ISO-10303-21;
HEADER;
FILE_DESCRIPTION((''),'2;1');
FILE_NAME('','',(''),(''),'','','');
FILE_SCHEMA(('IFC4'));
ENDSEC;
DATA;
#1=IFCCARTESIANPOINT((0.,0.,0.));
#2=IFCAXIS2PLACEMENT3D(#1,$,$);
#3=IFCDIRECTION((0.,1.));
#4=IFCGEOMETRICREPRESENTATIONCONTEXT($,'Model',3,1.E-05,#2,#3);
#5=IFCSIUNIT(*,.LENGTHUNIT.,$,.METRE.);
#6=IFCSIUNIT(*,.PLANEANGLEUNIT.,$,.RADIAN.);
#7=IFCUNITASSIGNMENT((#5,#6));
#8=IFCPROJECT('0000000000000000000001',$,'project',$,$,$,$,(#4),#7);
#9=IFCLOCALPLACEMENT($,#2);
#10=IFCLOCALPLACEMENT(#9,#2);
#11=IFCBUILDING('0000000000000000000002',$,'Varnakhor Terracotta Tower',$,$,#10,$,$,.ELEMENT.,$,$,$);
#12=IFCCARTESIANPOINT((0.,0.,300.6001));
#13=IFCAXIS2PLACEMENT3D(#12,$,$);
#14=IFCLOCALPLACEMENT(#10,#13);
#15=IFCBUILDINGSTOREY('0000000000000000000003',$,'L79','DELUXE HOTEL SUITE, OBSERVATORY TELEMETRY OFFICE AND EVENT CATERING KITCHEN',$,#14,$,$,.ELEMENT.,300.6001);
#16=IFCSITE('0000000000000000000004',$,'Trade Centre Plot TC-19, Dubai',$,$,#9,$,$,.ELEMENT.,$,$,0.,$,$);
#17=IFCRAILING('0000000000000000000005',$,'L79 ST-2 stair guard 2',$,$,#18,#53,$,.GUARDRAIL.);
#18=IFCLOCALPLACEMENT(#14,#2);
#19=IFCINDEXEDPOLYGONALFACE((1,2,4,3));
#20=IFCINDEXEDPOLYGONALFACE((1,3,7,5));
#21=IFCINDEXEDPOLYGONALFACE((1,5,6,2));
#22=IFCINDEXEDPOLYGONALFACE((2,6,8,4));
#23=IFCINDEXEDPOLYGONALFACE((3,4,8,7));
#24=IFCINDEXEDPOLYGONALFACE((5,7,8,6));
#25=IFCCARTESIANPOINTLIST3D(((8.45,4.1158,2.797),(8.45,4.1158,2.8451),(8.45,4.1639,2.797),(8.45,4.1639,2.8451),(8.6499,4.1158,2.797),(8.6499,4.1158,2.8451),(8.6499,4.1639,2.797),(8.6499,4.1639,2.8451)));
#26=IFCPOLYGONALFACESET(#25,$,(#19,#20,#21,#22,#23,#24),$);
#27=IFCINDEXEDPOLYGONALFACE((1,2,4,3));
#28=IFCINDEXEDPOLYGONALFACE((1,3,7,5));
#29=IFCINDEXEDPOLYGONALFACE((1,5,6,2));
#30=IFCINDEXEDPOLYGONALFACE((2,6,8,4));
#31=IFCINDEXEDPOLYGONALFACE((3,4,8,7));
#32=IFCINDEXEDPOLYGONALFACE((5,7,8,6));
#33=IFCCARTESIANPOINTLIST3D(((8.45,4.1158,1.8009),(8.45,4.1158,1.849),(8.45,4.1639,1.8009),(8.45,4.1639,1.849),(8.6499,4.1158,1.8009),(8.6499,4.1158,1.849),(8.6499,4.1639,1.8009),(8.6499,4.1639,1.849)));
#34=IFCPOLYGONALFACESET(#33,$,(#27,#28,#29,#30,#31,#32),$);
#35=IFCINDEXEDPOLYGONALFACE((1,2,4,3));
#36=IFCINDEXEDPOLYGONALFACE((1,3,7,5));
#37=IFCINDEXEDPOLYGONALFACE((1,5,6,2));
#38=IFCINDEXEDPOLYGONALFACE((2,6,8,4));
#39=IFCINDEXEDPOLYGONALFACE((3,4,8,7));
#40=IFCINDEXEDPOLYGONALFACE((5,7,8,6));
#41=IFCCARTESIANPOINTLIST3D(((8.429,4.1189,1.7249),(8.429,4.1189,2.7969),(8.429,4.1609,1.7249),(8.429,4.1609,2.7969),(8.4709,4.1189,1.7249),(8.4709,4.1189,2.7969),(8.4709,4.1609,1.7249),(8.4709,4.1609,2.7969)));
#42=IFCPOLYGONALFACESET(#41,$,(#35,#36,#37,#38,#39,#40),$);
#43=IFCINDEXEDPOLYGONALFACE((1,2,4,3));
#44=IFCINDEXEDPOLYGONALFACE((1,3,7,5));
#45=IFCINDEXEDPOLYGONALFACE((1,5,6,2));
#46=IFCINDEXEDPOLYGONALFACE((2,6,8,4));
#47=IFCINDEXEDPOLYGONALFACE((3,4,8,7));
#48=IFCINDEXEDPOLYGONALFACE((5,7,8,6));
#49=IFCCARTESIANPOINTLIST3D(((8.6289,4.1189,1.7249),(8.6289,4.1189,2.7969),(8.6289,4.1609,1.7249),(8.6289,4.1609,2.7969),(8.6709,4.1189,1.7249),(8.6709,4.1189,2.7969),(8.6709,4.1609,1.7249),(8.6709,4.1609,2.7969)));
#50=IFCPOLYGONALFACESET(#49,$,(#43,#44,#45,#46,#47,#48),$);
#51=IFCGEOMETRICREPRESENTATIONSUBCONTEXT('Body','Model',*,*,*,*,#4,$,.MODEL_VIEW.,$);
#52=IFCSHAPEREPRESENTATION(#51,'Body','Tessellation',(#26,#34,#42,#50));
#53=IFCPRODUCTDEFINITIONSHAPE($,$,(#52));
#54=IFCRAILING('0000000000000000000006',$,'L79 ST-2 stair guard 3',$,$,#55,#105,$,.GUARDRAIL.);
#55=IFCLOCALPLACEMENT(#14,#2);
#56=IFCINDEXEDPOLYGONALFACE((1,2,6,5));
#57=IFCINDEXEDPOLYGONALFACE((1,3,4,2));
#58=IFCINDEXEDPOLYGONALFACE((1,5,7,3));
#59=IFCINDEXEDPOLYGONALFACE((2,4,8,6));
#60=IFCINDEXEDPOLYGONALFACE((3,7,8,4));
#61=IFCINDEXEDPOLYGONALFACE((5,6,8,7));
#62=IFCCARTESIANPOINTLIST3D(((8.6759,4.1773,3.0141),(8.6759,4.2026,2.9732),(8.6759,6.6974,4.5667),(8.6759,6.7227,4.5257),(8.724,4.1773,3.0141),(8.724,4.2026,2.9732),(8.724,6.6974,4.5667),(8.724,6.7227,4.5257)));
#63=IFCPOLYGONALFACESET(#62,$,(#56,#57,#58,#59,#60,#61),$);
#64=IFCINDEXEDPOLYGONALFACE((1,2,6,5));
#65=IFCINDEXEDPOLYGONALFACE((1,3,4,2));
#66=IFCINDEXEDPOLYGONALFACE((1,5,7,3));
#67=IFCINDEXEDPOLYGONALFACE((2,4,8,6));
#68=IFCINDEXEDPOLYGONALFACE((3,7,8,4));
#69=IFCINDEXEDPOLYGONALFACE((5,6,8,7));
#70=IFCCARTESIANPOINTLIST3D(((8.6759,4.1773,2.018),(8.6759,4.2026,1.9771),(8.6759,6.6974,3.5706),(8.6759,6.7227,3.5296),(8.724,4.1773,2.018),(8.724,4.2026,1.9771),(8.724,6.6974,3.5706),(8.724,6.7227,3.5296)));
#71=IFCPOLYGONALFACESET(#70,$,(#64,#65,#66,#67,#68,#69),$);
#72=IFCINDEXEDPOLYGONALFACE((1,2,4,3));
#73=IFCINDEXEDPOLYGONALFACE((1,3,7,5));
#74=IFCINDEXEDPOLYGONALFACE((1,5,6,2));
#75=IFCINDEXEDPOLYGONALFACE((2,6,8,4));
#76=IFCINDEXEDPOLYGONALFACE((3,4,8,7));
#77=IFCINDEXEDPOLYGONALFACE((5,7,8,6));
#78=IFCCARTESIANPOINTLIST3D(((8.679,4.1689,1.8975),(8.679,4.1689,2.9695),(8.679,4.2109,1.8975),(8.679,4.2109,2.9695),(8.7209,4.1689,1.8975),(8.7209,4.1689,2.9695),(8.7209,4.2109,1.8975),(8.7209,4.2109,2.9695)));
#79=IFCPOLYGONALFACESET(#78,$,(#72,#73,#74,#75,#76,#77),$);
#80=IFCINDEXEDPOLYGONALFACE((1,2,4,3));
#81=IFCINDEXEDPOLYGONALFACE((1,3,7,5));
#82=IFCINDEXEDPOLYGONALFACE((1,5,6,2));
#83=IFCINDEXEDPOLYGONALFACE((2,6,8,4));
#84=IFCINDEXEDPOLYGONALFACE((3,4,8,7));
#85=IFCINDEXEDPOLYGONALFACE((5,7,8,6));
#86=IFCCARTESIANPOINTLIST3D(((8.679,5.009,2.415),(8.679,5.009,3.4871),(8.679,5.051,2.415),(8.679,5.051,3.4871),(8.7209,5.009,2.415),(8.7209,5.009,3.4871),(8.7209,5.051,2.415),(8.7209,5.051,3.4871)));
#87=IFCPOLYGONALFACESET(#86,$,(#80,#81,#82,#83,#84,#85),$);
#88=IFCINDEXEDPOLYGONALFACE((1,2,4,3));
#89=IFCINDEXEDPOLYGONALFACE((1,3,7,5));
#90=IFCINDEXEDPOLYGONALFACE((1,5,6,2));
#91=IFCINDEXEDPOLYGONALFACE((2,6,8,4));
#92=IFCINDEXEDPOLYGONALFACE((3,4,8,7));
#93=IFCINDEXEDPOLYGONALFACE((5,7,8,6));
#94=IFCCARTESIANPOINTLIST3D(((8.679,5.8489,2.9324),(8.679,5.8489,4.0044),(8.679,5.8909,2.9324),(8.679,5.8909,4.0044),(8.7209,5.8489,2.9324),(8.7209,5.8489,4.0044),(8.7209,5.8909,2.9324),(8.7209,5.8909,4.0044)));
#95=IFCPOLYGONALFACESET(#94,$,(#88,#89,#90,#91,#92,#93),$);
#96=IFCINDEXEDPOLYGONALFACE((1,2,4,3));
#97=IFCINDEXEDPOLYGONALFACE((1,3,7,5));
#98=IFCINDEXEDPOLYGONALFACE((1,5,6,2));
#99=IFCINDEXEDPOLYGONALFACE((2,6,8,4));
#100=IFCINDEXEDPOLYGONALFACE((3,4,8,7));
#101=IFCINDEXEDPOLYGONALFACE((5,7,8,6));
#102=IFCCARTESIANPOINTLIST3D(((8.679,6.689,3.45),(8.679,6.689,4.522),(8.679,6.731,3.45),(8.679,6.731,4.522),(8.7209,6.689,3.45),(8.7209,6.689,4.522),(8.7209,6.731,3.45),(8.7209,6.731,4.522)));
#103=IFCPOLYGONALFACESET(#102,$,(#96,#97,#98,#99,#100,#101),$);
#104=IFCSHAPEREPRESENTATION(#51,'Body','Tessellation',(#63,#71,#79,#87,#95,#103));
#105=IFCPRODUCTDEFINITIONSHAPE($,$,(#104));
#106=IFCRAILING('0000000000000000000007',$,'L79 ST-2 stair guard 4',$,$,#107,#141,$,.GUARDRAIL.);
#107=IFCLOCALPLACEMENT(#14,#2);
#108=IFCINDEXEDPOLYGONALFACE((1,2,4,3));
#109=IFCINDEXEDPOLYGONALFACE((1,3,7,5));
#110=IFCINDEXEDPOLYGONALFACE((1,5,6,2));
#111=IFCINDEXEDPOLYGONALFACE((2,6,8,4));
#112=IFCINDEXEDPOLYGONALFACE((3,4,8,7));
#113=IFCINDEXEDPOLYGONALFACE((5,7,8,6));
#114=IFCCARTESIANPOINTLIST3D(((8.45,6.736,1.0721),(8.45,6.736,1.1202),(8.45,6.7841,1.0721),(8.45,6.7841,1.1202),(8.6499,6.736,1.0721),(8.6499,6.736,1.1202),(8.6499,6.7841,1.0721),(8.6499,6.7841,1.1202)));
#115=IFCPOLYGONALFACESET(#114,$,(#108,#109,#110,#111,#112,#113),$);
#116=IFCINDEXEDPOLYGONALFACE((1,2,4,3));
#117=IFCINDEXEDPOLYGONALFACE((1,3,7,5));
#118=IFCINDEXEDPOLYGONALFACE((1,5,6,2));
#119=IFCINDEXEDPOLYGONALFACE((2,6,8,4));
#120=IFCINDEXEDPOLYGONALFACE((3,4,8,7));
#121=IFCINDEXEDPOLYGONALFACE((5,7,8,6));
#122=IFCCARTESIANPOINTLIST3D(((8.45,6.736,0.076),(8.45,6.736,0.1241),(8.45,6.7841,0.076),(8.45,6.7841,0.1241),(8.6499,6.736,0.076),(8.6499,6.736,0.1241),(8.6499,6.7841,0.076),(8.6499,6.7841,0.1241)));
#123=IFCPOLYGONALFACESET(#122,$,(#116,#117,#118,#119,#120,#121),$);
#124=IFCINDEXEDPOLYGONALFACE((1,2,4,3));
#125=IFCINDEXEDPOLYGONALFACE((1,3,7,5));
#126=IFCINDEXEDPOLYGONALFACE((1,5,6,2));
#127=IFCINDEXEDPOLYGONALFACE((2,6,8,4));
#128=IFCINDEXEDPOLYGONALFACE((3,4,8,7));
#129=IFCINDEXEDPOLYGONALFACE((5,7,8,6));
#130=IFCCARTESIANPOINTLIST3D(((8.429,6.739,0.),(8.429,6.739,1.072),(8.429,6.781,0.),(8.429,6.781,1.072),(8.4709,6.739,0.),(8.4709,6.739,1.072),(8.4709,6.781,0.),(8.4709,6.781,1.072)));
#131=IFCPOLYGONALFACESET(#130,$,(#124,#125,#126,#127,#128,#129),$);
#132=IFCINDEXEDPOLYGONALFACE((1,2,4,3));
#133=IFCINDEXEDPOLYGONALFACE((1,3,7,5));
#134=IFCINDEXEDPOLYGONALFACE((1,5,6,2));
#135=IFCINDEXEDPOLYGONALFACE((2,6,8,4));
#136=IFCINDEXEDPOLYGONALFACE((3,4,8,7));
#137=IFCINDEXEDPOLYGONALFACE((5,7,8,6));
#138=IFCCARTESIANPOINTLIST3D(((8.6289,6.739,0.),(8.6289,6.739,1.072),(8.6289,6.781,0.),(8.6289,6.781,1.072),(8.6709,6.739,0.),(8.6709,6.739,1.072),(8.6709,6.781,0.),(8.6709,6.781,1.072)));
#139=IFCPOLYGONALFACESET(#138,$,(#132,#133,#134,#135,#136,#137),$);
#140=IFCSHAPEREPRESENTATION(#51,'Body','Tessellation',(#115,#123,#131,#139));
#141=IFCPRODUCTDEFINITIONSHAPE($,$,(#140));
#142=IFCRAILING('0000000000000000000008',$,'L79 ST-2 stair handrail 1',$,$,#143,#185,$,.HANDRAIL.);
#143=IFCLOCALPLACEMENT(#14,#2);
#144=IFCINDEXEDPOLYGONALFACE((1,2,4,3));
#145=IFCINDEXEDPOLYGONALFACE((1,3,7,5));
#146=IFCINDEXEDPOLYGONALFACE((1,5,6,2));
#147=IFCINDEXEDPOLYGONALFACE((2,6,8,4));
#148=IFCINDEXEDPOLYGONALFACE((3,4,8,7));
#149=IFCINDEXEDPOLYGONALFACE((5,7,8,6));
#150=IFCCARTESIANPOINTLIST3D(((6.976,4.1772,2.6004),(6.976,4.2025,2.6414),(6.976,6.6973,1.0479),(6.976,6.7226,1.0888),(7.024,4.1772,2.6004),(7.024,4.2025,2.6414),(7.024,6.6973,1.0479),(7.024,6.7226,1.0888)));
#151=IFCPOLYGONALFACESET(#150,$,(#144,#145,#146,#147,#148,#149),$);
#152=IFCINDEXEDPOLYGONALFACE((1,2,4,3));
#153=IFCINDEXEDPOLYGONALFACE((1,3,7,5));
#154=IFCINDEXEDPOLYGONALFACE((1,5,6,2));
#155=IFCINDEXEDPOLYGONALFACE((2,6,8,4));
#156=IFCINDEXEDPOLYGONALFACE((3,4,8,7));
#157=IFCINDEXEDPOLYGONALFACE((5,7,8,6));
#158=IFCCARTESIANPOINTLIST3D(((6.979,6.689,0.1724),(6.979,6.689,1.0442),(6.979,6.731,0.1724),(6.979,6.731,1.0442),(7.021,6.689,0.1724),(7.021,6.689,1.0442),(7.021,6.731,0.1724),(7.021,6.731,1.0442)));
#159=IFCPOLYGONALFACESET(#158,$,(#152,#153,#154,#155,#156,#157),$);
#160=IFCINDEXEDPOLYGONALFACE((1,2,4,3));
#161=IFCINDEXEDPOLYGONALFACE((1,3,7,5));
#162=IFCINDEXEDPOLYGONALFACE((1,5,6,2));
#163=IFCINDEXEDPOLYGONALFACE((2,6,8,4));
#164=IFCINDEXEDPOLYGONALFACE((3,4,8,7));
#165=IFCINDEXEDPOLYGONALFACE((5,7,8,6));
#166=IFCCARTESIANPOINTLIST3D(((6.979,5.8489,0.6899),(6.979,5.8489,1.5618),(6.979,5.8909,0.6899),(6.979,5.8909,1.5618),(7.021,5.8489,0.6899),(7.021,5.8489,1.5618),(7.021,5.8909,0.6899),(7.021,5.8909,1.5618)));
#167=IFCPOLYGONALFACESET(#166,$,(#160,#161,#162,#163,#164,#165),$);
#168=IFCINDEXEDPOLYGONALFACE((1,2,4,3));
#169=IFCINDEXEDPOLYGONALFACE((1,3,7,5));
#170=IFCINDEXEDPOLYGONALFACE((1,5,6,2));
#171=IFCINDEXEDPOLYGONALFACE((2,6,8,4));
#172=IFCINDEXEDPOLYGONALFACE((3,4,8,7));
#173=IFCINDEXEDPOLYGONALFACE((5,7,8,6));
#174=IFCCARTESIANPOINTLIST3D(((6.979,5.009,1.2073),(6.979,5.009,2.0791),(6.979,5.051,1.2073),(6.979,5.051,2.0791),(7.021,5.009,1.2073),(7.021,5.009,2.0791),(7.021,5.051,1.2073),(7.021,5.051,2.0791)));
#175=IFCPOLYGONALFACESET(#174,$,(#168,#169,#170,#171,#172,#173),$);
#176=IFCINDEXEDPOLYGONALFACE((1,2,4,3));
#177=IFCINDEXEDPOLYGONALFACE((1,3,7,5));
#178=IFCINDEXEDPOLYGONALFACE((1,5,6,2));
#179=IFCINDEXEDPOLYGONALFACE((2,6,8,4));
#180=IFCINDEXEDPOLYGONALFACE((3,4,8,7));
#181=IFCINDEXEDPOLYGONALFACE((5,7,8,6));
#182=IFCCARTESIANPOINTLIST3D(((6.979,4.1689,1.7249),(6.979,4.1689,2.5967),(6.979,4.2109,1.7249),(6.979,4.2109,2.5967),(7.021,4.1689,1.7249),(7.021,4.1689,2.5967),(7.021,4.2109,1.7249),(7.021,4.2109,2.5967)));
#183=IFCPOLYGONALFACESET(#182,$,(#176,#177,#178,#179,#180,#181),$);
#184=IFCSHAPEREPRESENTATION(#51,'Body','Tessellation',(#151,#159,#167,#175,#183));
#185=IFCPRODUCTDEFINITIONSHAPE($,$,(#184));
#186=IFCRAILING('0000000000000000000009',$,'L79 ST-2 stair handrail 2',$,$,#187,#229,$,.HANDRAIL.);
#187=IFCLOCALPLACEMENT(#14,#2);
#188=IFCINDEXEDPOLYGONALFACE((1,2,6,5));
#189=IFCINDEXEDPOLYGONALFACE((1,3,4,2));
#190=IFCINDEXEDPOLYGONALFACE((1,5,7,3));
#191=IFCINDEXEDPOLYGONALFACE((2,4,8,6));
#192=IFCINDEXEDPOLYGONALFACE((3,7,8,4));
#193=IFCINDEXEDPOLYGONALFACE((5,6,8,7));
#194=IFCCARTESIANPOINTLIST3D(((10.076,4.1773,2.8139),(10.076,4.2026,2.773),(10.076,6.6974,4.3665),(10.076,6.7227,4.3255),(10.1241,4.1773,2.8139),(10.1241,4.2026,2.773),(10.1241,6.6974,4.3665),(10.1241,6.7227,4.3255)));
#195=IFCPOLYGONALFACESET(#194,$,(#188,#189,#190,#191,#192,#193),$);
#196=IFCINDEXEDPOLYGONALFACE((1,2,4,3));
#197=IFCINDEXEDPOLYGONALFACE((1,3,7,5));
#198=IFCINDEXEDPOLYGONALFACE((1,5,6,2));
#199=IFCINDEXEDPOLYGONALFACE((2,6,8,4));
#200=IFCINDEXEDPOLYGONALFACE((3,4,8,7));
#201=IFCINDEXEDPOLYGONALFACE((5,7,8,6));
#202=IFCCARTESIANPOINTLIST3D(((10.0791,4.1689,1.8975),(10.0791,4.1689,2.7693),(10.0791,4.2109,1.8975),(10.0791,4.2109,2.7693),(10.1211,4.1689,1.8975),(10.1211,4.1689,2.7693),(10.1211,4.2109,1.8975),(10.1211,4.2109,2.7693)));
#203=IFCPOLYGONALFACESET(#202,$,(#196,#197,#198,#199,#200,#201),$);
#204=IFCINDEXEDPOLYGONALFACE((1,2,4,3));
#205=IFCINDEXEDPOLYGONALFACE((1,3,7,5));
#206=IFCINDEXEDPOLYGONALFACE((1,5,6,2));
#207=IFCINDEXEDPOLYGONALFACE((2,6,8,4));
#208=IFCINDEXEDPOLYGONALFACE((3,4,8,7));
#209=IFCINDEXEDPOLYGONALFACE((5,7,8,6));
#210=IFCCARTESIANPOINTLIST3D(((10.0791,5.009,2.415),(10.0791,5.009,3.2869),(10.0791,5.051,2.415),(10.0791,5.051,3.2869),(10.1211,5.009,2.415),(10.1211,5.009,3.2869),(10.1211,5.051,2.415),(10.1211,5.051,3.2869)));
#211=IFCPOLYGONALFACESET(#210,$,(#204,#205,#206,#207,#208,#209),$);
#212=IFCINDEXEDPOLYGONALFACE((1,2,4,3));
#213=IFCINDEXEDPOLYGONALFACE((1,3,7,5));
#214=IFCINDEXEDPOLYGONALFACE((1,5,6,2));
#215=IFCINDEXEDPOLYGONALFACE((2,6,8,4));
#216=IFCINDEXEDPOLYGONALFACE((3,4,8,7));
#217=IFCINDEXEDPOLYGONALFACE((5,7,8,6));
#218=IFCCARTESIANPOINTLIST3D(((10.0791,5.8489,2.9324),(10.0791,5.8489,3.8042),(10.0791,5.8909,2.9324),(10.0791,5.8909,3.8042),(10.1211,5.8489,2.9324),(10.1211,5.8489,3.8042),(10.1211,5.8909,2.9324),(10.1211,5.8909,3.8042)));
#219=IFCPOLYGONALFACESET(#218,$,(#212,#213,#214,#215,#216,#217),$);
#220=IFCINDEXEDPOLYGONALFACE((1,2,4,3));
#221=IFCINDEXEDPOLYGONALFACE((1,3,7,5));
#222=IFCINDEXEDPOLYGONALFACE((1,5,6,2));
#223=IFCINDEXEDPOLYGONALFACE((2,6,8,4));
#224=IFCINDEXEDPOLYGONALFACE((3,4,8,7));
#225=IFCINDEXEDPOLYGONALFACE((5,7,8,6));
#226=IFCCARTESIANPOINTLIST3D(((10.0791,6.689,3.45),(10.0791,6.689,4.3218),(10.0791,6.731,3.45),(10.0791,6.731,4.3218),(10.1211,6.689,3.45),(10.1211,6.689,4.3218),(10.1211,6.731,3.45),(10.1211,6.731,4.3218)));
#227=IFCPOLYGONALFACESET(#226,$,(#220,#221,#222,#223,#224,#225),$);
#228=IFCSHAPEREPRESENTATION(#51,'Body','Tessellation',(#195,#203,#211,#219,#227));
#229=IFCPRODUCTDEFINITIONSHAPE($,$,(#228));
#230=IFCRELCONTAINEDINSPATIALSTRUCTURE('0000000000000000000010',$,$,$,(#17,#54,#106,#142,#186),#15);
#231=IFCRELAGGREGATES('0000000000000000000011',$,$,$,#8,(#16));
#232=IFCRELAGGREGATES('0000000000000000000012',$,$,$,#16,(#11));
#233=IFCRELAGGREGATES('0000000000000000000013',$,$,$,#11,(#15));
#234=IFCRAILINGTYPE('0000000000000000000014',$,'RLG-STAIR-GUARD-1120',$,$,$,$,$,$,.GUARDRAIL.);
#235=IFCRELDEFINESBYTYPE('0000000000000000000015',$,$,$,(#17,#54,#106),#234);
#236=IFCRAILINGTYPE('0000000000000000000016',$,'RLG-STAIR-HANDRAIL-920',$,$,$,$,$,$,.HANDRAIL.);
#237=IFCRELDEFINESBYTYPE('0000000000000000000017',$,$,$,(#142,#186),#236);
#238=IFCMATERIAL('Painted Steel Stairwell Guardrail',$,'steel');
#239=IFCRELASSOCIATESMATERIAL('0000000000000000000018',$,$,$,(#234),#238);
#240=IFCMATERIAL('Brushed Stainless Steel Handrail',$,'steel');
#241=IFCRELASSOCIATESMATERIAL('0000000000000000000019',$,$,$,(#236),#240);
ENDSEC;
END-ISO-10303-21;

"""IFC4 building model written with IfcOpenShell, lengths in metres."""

from ifc_helpers import new_model, si_unit, direction, frame, origin, origin_2d, place, context, subcontext, project, spatial, rectangle, extrude, material, type_object, element, save


model = new_model("IFC4")

# Units and contexts
model_context = context("Model", 3, precision=1e-05, world=origin(), true_north=direction((0.0, 1.0)))
body_context = subcontext(model_context, "Body", "Model", "MODEL_VIEW")
ifc_project = project(units=[si_unit("LENGTHUNIT", "METRE"), si_unit("PLANEANGLEUNIT", "RADIAN")], contexts=[model_context])

# Site, building, storey
site_placement = place(None, origin())
site = spatial("IfcSite", under=ifc_project, at=site_placement, Name="Trade Centre Plot TC-19, Dubai", CompositionType="ELEMENT", RefElevation=0.0)
building_placement = place(site_placement, origin())
building = spatial("IfcBuilding", under=site, at=building_placement, Name="Varnakhor Terracotta Tower", CompositionType="ELEMENT")
storey_placement = place(building_placement, frame((0.0, 0.0, 300.6001)))
storey = spatial("IfcBuildingStorey", under=building, at=storey_placement, Name="L79", Description="DELUXE HOTEL SUITE, OBSERVATORY TELEMETRY OFFICE AND EVENT CATERING KITCHEN", CompositionType="ELEMENT", Elevation=300.6001)

# Railings
ifc_material_1 = material(Name="Painted Steel Stairwell Guardrail", Category="steel")
railing_type_1 = type_object("IfcRailingType", Name="RLG-STAIR-GUARD-1120", PredefinedType="GUARDRAIL", material=ifc_material_1)
railing_1_placement = place(storey_placement, frame((8.45, 4.1399, 1.7249)))
element("IfcRailing", 1, at=railing_1_placement, inside=storey, type_object=railing_type_1, Name="L79 ST-2 stair guard 2", PredefinedType="GUARDRAIL", context=body_context, shape_type="SweptSolid", body=[
    extrude(rectangle(XDim=0.0481, YDim=0.0481, at=origin_2d()), frame((0.0, 0.0, 1.0962), z_axis=(1.0, 0.0, 0.0), x_axis=(0.0, 1.0, 0.0)), (0.0, 0.0, 1.0), 0.2),
    extrude(rectangle(XDim=0.0481, YDim=0.0481, at=origin_2d()), frame((0.0, 0.0, 0.1001), z_axis=(1.0, 0.0, 0.0), x_axis=(0.0, 1.0, 0.0)), (0.0, 0.0, 1.0), 0.2),
    extrude(rectangle(XDim=0.042, YDim=0.042, at=origin_2d()), origin(), (0.0, 0.0, 1.0), 1.072),
    extrude(rectangle(XDim=0.042, YDim=0.042, at=origin_2d()), frame((0.2, 0.0, 0.0)), (0.0, 0.0, 1.0), 1.072),
])
railing_2_placement = place(storey_placement, frame((8.7, 4.1899, 1.8975)))
element("IfcRailing", 2, at=railing_2_placement, inside=storey, type_object=railing_type_1, Name="L79 ST-2 stair guard 3", PredefinedType="GUARDRAIL", context=body_context, shape_type="SweptSolid", body=[
    extrude(rectangle(XDim=0.0481, YDim=0.0481, at=origin_2d()), frame((0.0, 0.0, 1.0962), z_axis=(0.0, 0.8514, 0.524516), x_axis=(-1.0, 0.0, 0.0)), (0.0, 0.0, 1.0), 2.96),
    extrude(rectangle(XDim=0.0481, YDim=0.0481, at=origin_2d()), frame((0.0, 0.0, 0.1001), z_axis=(0.0, 0.8514, 0.524516), x_axis=(-1.0, 0.0, 0.0)), (0.0, 0.0, 1.0), 2.96),
    extrude(rectangle(XDim=0.042, YDim=0.042, at=origin_2d()), origin(), (0.0, 0.0, 1.0), 1.072),
    extrude(rectangle(XDim=0.042, YDim=0.042, at=origin_2d()), frame((0.0, 0.8401, 0.5176)), (0.0, 0.0, 1.0), 1.072),
    extrude(rectangle(XDim=0.042, YDim=0.042, at=origin_2d()), frame((0.0, 1.6799, 1.0349)), (0.0, 0.0, 1.0), 1.072),
    extrude(rectangle(XDim=0.042, YDim=0.042, at=origin_2d()), frame((0.0, 2.52, 1.5525)), (0.0, 0.0, 1.0), 1.072),
])
railing_3_placement = place(storey_placement, frame((8.45, 6.76, 0.0)))
element("IfcRailing", 3, at=railing_3_placement, inside=storey, type_object=railing_type_1, Name="L79 ST-2 stair guard 4", PredefinedType="GUARDRAIL", context=body_context, shape_type="SweptSolid", body=[
    extrude(rectangle(XDim=0.0481, YDim=0.0481, at=origin_2d()), frame((0.0, 0.0, 1.0962), z_axis=(1.0, 0.0, 0.0), x_axis=(0.0, 1.0, 0.0)), (0.0, 0.0, 1.0), 0.2),
    extrude(rectangle(XDim=0.0481, YDim=0.0481, at=origin_2d()), frame((0.0, 0.0, 0.1001), z_axis=(1.0, 0.0, 0.0), x_axis=(0.0, 1.0, 0.0)), (0.0, 0.0, 1.0), 0.2),
    extrude(rectangle(XDim=0.042, YDim=0.042, at=origin_2d()), origin(), (0.0, 0.0, 1.0), 1.072),
    extrude(rectangle(XDim=0.042, YDim=0.042, at=origin_2d()), frame((0.2, 0.0, 0.0)), (0.0, 0.0, 1.0), 1.072),
])
ifc_material_2 = material(Name="Brushed Stainless Steel Handrail", Category="steel")
railing_type_2 = type_object("IfcRailingType", Name="RLG-STAIR-HANDRAIL-920", PredefinedType="HANDRAIL", material=ifc_material_2)
railing_4_placement = place(storey_placement, frame((7.0, 6.71, 0.1724)))
element("IfcRailing", 4, at=railing_4_placement, inside=storey, type_object=railing_type_2, Name="L79 ST-2 stair handrail 1", PredefinedType="HANDRAIL", context=body_context, shape_type="SweptSolid", body=[
    extrude(rectangle(XDim=0.0481, YDim=0.0481, at=origin_2d()), frame((0.0, 0.0, 0.896), z_axis=(0.0, -0.8514, 0.524516), x_axis=(1.0, 0.0, 0.0)), (0.0, 0.0, 1.0), 2.96),
    extrude(rectangle(XDim=0.042, YDim=0.042, at=origin_2d()), origin(), (0.0, 0.0, 1.0), 0.8718),
    extrude(rectangle(XDim=0.042, YDim=0.042, at=origin_2d()), frame((0.0, -0.8401, 0.5176)), (0.0, 0.0, 1.0), 0.8718),
    extrude(rectangle(XDim=0.042, YDim=0.042, at=origin_2d()), frame((0.0, -1.6799, 1.0349)), (0.0, 0.0, 1.0), 0.8718),
    extrude(rectangle(XDim=0.042, YDim=0.042, at=origin_2d()), frame((0.0, -2.52, 1.5525)), (0.0, 0.0, 1.0), 0.8718),
])
railing_5_placement = place(storey_placement, frame((10.1001, 4.1899, 1.8975)))
element("IfcRailing", 5, at=railing_5_placement, inside=storey, type_object=railing_type_2, Name="L79 ST-2 stair handrail 2", PredefinedType="HANDRAIL", context=body_context, shape_type="SweptSolid", body=[
    extrude(rectangle(XDim=0.0481, YDim=0.0481, at=origin_2d()), frame((0.0, 0.0, 0.896), z_axis=(0.0, 0.8514, 0.524516), x_axis=(-1.0, 0.0, 0.0)), (0.0, 0.0, 1.0), 2.96),
    extrude(rectangle(XDim=0.042, YDim=0.042, at=origin_2d()), origin(), (0.0, 0.0, 1.0), 0.8718),
    extrude(rectangle(XDim=0.042, YDim=0.042, at=origin_2d()), frame((0.0, 0.8401, 0.5176)), (0.0, 0.0, 1.0), 0.8718),
    extrude(rectangle(XDim=0.042, YDim=0.042, at=origin_2d()), frame((0.0, 1.6799, 1.0349)), (0.0, 0.0, 1.0), 0.8718),
    extrude(rectangle(XDim=0.042, YDim=0.042, at=origin_2d()), frame((0.0, 2.52, 1.5525)), (0.0, 0.0, 1.0), 0.8718),
])

save(model, "model.ifc")
